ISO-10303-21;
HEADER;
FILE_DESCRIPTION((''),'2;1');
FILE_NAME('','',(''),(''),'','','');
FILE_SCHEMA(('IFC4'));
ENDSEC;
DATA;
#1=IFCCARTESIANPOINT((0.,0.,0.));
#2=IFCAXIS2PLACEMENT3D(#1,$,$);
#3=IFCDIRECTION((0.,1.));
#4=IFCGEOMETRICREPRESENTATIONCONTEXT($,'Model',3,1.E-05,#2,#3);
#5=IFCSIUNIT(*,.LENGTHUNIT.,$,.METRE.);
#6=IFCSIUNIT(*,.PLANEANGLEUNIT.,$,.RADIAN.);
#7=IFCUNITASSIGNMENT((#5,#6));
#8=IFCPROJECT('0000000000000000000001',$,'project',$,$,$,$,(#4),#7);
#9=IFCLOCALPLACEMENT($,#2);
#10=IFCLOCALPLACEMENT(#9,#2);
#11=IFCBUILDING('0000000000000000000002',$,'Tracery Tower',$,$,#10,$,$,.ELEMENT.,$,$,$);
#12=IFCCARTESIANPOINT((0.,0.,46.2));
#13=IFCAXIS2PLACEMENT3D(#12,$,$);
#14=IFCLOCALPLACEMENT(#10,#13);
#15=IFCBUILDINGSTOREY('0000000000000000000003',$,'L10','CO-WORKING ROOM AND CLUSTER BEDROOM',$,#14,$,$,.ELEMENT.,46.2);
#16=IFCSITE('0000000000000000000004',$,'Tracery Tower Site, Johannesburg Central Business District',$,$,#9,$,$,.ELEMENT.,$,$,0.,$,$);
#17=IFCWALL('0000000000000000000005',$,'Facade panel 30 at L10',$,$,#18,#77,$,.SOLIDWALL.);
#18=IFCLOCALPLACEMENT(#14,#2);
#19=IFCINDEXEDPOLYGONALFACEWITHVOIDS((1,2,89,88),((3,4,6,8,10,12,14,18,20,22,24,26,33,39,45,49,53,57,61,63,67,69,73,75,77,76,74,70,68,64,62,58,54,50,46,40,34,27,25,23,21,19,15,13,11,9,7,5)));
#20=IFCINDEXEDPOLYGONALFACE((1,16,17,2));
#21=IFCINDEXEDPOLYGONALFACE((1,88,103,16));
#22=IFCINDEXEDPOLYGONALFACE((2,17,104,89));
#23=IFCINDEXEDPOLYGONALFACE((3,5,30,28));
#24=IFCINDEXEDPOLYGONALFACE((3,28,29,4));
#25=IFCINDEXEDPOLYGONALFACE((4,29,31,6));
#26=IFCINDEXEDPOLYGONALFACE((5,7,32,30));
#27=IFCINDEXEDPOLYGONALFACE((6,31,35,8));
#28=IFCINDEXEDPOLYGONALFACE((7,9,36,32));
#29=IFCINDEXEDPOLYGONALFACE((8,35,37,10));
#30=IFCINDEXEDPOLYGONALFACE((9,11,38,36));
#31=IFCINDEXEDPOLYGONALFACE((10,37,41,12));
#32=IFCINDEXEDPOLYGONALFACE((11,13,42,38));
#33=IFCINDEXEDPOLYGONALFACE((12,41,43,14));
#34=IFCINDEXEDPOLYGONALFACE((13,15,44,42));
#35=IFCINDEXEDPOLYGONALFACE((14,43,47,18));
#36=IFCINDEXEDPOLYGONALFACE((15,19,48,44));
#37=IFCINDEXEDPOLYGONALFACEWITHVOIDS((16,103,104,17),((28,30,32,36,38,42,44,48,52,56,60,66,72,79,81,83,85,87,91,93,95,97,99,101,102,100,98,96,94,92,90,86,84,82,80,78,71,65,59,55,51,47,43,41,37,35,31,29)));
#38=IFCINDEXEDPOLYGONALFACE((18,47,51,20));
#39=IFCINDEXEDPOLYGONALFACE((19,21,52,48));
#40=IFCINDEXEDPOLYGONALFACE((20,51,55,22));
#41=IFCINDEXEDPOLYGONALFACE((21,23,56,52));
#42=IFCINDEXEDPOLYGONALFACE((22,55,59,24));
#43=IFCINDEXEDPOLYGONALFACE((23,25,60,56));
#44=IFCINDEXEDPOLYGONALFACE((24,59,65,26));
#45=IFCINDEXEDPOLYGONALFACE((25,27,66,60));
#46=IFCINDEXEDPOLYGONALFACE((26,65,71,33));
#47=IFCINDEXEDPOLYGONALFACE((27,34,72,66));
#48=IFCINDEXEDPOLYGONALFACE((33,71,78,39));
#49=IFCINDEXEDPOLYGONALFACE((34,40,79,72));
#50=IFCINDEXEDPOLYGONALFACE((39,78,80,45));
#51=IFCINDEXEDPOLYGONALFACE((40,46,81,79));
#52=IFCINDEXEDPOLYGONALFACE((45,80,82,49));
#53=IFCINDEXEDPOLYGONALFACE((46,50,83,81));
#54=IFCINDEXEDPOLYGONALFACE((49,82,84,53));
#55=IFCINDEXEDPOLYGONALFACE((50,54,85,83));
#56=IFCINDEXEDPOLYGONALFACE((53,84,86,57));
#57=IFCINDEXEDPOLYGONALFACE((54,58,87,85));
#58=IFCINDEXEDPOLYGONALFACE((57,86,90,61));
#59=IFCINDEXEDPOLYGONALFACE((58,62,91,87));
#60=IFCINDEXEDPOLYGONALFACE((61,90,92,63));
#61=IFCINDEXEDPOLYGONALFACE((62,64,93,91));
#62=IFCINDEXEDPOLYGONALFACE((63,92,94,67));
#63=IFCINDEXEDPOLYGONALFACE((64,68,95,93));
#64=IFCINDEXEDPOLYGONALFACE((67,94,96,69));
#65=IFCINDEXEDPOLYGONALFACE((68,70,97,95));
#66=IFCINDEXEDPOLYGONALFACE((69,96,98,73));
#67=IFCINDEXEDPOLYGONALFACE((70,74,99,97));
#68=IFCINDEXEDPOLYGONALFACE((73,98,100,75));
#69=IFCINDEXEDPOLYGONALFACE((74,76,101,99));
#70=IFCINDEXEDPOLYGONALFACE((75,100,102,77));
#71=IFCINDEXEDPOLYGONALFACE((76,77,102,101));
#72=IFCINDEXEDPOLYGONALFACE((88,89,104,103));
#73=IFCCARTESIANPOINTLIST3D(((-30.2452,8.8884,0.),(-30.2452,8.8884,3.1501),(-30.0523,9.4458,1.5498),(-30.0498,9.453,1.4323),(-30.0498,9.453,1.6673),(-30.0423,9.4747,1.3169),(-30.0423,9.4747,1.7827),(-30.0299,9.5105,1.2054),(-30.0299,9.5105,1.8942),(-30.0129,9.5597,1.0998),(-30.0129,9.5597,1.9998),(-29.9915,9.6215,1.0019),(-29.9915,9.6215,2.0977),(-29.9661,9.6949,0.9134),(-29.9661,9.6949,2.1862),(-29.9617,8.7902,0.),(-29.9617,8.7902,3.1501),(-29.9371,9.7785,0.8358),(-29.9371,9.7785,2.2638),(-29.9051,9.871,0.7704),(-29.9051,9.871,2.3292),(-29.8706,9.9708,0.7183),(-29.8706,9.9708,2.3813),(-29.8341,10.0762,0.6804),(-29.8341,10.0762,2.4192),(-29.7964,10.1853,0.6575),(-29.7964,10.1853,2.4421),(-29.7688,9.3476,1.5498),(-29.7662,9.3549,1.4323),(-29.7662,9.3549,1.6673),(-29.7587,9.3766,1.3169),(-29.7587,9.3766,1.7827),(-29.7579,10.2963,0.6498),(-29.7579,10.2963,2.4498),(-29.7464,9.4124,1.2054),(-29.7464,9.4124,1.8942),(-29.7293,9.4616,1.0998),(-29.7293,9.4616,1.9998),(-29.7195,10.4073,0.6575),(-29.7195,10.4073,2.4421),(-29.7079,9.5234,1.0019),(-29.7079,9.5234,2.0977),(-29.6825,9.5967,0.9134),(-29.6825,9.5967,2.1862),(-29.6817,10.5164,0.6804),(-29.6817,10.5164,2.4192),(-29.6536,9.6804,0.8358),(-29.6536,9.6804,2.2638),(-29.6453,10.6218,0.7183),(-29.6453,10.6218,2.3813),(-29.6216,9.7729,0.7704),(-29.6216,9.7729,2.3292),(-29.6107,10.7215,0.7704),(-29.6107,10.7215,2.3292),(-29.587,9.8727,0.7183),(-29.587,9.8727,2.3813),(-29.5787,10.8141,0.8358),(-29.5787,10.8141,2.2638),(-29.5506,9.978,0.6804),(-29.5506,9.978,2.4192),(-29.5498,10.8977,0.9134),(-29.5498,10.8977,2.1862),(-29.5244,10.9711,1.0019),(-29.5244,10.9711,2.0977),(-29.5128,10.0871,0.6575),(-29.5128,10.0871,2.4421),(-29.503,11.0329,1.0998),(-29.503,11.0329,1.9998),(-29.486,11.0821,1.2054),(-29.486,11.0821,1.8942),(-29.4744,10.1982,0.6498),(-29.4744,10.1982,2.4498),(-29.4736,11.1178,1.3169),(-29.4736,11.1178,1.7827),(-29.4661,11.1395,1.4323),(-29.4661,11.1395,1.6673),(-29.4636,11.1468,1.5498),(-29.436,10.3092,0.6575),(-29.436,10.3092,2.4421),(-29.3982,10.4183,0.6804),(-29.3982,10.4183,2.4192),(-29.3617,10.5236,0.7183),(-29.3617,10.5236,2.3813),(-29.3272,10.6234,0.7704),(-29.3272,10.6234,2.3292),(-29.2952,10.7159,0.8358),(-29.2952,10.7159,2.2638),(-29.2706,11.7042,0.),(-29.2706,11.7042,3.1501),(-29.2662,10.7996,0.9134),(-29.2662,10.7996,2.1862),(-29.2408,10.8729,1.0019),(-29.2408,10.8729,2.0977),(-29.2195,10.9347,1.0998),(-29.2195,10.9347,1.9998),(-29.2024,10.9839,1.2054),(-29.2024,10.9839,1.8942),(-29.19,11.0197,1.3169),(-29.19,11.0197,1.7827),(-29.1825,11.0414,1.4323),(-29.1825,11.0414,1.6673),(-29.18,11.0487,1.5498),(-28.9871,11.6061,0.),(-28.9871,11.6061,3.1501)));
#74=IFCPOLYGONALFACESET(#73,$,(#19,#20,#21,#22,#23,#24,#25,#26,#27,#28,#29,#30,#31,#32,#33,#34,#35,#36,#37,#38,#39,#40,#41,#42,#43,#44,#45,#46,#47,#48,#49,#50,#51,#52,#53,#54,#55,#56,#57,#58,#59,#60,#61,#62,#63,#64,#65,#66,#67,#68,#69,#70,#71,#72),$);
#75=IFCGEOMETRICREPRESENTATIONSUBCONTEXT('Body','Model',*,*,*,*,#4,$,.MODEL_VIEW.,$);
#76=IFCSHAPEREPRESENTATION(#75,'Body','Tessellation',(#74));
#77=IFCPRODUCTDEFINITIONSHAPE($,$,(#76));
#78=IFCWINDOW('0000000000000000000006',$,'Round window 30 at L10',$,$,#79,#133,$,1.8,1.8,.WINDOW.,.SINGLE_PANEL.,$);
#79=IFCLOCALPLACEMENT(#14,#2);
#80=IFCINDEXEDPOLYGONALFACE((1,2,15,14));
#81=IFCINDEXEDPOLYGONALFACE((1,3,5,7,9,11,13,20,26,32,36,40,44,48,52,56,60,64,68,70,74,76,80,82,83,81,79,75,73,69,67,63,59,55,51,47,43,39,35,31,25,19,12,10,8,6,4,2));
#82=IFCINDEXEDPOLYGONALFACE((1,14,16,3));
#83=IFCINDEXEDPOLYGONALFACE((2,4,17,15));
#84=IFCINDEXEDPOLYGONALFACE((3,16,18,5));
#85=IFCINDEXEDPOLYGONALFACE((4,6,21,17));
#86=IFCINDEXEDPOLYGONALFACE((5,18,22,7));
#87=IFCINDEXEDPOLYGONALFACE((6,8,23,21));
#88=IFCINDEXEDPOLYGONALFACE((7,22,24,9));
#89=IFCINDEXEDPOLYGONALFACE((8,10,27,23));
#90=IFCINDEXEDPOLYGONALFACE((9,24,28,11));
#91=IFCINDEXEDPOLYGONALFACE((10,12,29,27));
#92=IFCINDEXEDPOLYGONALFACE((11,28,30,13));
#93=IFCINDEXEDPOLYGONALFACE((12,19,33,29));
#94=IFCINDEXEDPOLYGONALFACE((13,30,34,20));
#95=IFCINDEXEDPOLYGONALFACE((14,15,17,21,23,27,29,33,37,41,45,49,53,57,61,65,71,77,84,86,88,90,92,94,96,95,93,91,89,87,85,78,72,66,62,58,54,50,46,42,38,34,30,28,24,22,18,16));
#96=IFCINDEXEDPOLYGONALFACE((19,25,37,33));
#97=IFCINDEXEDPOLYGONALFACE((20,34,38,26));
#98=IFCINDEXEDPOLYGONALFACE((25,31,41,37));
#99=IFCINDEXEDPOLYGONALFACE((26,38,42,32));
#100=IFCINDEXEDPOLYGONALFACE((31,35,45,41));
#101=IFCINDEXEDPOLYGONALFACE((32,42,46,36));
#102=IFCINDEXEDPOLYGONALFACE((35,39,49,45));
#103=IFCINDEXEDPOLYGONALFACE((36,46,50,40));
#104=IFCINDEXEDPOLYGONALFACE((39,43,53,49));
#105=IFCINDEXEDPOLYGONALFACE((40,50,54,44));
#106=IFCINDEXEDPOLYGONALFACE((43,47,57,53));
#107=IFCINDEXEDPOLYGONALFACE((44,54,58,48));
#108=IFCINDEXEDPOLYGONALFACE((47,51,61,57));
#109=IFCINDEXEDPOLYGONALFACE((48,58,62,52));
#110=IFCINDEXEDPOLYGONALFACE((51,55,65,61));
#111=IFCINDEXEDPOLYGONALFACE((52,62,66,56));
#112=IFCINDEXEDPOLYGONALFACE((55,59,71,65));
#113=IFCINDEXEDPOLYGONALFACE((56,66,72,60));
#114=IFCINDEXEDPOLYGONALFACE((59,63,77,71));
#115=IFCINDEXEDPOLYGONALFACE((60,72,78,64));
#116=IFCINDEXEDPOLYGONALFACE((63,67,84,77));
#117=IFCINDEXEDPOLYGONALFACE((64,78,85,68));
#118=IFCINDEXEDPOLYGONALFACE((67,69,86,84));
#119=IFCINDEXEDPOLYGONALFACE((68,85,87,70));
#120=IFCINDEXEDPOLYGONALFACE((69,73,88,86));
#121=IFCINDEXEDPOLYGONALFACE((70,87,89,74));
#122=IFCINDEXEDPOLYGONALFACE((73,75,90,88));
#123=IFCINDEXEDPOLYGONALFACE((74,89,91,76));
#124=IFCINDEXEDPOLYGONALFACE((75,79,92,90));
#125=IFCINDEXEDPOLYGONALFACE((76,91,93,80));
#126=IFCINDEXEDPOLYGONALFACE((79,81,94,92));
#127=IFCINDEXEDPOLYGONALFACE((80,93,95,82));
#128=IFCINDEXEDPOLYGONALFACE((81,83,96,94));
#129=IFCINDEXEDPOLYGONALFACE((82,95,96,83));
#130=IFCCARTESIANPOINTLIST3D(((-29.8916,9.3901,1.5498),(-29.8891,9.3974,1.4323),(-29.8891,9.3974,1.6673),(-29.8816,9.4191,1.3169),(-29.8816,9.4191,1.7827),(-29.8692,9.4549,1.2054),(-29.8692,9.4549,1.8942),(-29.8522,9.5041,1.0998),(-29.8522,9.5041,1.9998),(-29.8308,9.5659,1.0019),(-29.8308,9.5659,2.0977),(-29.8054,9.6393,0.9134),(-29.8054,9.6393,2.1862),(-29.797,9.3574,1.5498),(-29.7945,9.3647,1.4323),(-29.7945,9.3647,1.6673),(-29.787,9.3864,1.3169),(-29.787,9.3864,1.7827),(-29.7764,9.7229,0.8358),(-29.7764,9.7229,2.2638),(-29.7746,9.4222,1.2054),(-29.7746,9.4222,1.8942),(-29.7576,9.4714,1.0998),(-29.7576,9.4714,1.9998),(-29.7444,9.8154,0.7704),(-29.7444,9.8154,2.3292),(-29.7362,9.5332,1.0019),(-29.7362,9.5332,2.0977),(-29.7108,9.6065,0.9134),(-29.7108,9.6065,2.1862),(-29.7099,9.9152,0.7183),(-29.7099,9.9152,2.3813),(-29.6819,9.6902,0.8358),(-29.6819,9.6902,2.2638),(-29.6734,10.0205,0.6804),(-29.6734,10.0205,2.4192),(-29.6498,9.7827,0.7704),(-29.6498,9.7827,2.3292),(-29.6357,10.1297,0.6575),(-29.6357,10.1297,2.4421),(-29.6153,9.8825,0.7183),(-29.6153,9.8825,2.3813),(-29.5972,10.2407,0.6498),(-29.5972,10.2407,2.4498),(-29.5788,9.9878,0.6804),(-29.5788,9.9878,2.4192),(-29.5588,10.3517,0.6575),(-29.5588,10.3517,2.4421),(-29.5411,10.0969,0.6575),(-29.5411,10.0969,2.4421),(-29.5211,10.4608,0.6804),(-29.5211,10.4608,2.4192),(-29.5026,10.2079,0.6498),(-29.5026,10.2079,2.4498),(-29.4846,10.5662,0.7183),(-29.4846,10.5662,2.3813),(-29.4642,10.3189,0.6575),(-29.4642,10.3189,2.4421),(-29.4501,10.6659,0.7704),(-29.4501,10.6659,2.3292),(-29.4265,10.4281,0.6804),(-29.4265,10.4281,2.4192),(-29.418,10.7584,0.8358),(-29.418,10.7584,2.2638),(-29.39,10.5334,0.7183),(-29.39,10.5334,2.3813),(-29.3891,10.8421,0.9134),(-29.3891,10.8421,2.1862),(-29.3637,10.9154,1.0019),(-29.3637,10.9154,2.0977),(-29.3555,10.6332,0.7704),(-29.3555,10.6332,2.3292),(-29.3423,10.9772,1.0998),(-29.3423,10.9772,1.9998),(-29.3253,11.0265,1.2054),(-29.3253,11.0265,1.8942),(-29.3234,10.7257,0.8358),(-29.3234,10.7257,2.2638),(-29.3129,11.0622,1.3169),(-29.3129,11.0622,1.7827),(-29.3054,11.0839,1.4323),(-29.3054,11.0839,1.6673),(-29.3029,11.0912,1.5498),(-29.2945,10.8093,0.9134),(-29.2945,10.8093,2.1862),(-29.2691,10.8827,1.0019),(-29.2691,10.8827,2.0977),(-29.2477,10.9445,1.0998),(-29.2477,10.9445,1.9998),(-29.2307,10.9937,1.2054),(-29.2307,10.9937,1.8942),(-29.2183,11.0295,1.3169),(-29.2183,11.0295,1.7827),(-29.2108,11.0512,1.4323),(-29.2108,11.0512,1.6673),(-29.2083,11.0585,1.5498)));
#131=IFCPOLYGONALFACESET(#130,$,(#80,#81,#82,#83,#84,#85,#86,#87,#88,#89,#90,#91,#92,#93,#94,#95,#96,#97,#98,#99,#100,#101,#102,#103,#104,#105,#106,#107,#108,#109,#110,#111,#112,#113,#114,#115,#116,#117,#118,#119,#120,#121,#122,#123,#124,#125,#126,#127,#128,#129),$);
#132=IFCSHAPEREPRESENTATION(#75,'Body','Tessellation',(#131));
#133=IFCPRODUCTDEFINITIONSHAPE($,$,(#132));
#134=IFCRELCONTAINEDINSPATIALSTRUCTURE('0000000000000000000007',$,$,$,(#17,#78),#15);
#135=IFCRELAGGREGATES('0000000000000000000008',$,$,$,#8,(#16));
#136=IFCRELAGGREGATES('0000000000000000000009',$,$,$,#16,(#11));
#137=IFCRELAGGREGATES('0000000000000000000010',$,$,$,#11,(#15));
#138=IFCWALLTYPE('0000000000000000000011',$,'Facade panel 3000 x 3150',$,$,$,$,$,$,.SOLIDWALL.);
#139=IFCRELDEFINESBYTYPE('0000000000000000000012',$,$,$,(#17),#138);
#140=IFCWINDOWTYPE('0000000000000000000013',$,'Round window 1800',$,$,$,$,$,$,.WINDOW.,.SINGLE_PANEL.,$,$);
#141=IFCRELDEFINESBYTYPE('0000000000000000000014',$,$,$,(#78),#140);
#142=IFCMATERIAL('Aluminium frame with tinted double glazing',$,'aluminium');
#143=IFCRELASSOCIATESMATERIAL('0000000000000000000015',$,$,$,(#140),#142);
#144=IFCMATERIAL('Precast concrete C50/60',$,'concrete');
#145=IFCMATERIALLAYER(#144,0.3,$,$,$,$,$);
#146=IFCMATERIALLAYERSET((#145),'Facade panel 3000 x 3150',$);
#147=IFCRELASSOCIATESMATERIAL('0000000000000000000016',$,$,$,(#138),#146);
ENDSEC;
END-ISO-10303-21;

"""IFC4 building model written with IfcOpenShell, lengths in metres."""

from ifc_helpers import new_model, si_unit, direction, frame, frame_2d, origin, origin_2d, place, context, subcontext, project, spatial, rectangle, circle, extrude, material, layer, layer_set, type_object, element, fill, save


model = new_model("IFC4")

# Units and contexts
model_context = context("Model", 3, precision=1e-05, world=origin(), true_north=direction((0.0, 1.0)))
body_context = subcontext(model_context, "Body", "Model", "MODEL_VIEW")
ifc_project = project(units=[si_unit("LENGTHUNIT", "METRE"), si_unit("PLANEANGLEUNIT", "RADIAN")], contexts=[model_context])

# Site, building, storey
site_placement = place(None, origin())
site = spatial("IfcSite", under=ifc_project, at=site_placement, Name="Tracery Tower Site, Johannesburg Central Business District", CompositionType="ELEMENT", RefElevation=0.0)
building_placement = place(site_placement, origin())
building = spatial("IfcBuilding", under=site, at=building_placement, Name="Tracery Tower", CompositionType="ELEMENT")
storey_placement = place(building_placement, frame((0.0, 0.0, 46.2)))
storey = spatial("IfcBuildingStorey", under=building, at=storey_placement, Name="L10", Description="CO-WORKING ROOM AND CLUSTER BEDROOM", CompositionType="ELEMENT", Elevation=46.2)

# Wall, opening, window
ifc_material_1 = material(Name="Aluminium frame with tinted double glazing", Category="aluminium")
window_type = type_object("IfcWindowType", Name="Round window 1800", PartitioningType="SINGLE_PANEL", PredefinedType="WINDOW", material=ifc_material_1)
ifc_material_2 = material(Name="Precast concrete C50/60", Category="concrete")
ifc_layer_1 = layer(ifc_material_2, 0.3)
ifc_layer_set_1 = layer_set([ifc_layer_1], Name="Facade panel 3000 x 3150")
wall_type_1 = type_object("IfcWallType", Name="Facade panel 3000 x 3150", PredefinedType="SOLIDWALL", material=ifc_layer_set_1)
wall_1_placement = place(storey_placement, frame((-29.1289, 11.655, 0.0), z_axis=(0.0, 0.0, 1.0), x_axis=(-0.327071, -0.945, 0.0)))
wall_1 = element("IfcWall", 1, at=wall_1_placement, inside=storey, type_object=wall_type_1, Name="Facade panel 30 at L10", PredefinedType="SOLIDWALL", context=body_context, shape_type="SweptSolid", body=[
    extrude(rectangle(XDim=2.9797, YDim=0.3, at=frame_2d((1.4897, 0.0))), origin(), (0.0, 0.0, 1.0), 3.1501),
])
opening_1_placement = place(wall_1_placement, frame((1.4897, 0.0, 1.5498)))
opening_1 = element("IfcOpeningElement", 2, at=opening_1_placement, cuts=wall_1, PredefinedType="OPENING", context=body_context, shape_type="SweptSolid", body=[
    extrude(circle(Radius=0.9, at=origin_2d()), frame((0.0, 0.1599, 0.0), z_axis=(0.0, -1.0, 0.0), x_axis=(1.0, 0.0, 0.0)), (0.0, 0.0, 1.0), 0.3201),
])
window_1_placement = place(opening_1_placement, origin())
window_1 = element("IfcWindow", 3, at=window_1_placement, inside=storey, type_object=window_type, Name="Round window 30 at L10", OverallHeight=1.8, OverallWidth=1.8, PartitioningType="SINGLE_PANEL", PredefinedType="WINDOW", context=body_context, shape_type="SweptSolid", body=[
    extrude(circle(Radius=0.9, at=origin_2d()), frame((0.0, 0.1201, 0.0), z_axis=(0.0, -1.0, 0.0), x_axis=(1.0, 0.0, 0.0)), (0.0, 0.0, 1.0), 0.1001),
])
fill(opening_1, window_1)

save(model, "model.ifc")
